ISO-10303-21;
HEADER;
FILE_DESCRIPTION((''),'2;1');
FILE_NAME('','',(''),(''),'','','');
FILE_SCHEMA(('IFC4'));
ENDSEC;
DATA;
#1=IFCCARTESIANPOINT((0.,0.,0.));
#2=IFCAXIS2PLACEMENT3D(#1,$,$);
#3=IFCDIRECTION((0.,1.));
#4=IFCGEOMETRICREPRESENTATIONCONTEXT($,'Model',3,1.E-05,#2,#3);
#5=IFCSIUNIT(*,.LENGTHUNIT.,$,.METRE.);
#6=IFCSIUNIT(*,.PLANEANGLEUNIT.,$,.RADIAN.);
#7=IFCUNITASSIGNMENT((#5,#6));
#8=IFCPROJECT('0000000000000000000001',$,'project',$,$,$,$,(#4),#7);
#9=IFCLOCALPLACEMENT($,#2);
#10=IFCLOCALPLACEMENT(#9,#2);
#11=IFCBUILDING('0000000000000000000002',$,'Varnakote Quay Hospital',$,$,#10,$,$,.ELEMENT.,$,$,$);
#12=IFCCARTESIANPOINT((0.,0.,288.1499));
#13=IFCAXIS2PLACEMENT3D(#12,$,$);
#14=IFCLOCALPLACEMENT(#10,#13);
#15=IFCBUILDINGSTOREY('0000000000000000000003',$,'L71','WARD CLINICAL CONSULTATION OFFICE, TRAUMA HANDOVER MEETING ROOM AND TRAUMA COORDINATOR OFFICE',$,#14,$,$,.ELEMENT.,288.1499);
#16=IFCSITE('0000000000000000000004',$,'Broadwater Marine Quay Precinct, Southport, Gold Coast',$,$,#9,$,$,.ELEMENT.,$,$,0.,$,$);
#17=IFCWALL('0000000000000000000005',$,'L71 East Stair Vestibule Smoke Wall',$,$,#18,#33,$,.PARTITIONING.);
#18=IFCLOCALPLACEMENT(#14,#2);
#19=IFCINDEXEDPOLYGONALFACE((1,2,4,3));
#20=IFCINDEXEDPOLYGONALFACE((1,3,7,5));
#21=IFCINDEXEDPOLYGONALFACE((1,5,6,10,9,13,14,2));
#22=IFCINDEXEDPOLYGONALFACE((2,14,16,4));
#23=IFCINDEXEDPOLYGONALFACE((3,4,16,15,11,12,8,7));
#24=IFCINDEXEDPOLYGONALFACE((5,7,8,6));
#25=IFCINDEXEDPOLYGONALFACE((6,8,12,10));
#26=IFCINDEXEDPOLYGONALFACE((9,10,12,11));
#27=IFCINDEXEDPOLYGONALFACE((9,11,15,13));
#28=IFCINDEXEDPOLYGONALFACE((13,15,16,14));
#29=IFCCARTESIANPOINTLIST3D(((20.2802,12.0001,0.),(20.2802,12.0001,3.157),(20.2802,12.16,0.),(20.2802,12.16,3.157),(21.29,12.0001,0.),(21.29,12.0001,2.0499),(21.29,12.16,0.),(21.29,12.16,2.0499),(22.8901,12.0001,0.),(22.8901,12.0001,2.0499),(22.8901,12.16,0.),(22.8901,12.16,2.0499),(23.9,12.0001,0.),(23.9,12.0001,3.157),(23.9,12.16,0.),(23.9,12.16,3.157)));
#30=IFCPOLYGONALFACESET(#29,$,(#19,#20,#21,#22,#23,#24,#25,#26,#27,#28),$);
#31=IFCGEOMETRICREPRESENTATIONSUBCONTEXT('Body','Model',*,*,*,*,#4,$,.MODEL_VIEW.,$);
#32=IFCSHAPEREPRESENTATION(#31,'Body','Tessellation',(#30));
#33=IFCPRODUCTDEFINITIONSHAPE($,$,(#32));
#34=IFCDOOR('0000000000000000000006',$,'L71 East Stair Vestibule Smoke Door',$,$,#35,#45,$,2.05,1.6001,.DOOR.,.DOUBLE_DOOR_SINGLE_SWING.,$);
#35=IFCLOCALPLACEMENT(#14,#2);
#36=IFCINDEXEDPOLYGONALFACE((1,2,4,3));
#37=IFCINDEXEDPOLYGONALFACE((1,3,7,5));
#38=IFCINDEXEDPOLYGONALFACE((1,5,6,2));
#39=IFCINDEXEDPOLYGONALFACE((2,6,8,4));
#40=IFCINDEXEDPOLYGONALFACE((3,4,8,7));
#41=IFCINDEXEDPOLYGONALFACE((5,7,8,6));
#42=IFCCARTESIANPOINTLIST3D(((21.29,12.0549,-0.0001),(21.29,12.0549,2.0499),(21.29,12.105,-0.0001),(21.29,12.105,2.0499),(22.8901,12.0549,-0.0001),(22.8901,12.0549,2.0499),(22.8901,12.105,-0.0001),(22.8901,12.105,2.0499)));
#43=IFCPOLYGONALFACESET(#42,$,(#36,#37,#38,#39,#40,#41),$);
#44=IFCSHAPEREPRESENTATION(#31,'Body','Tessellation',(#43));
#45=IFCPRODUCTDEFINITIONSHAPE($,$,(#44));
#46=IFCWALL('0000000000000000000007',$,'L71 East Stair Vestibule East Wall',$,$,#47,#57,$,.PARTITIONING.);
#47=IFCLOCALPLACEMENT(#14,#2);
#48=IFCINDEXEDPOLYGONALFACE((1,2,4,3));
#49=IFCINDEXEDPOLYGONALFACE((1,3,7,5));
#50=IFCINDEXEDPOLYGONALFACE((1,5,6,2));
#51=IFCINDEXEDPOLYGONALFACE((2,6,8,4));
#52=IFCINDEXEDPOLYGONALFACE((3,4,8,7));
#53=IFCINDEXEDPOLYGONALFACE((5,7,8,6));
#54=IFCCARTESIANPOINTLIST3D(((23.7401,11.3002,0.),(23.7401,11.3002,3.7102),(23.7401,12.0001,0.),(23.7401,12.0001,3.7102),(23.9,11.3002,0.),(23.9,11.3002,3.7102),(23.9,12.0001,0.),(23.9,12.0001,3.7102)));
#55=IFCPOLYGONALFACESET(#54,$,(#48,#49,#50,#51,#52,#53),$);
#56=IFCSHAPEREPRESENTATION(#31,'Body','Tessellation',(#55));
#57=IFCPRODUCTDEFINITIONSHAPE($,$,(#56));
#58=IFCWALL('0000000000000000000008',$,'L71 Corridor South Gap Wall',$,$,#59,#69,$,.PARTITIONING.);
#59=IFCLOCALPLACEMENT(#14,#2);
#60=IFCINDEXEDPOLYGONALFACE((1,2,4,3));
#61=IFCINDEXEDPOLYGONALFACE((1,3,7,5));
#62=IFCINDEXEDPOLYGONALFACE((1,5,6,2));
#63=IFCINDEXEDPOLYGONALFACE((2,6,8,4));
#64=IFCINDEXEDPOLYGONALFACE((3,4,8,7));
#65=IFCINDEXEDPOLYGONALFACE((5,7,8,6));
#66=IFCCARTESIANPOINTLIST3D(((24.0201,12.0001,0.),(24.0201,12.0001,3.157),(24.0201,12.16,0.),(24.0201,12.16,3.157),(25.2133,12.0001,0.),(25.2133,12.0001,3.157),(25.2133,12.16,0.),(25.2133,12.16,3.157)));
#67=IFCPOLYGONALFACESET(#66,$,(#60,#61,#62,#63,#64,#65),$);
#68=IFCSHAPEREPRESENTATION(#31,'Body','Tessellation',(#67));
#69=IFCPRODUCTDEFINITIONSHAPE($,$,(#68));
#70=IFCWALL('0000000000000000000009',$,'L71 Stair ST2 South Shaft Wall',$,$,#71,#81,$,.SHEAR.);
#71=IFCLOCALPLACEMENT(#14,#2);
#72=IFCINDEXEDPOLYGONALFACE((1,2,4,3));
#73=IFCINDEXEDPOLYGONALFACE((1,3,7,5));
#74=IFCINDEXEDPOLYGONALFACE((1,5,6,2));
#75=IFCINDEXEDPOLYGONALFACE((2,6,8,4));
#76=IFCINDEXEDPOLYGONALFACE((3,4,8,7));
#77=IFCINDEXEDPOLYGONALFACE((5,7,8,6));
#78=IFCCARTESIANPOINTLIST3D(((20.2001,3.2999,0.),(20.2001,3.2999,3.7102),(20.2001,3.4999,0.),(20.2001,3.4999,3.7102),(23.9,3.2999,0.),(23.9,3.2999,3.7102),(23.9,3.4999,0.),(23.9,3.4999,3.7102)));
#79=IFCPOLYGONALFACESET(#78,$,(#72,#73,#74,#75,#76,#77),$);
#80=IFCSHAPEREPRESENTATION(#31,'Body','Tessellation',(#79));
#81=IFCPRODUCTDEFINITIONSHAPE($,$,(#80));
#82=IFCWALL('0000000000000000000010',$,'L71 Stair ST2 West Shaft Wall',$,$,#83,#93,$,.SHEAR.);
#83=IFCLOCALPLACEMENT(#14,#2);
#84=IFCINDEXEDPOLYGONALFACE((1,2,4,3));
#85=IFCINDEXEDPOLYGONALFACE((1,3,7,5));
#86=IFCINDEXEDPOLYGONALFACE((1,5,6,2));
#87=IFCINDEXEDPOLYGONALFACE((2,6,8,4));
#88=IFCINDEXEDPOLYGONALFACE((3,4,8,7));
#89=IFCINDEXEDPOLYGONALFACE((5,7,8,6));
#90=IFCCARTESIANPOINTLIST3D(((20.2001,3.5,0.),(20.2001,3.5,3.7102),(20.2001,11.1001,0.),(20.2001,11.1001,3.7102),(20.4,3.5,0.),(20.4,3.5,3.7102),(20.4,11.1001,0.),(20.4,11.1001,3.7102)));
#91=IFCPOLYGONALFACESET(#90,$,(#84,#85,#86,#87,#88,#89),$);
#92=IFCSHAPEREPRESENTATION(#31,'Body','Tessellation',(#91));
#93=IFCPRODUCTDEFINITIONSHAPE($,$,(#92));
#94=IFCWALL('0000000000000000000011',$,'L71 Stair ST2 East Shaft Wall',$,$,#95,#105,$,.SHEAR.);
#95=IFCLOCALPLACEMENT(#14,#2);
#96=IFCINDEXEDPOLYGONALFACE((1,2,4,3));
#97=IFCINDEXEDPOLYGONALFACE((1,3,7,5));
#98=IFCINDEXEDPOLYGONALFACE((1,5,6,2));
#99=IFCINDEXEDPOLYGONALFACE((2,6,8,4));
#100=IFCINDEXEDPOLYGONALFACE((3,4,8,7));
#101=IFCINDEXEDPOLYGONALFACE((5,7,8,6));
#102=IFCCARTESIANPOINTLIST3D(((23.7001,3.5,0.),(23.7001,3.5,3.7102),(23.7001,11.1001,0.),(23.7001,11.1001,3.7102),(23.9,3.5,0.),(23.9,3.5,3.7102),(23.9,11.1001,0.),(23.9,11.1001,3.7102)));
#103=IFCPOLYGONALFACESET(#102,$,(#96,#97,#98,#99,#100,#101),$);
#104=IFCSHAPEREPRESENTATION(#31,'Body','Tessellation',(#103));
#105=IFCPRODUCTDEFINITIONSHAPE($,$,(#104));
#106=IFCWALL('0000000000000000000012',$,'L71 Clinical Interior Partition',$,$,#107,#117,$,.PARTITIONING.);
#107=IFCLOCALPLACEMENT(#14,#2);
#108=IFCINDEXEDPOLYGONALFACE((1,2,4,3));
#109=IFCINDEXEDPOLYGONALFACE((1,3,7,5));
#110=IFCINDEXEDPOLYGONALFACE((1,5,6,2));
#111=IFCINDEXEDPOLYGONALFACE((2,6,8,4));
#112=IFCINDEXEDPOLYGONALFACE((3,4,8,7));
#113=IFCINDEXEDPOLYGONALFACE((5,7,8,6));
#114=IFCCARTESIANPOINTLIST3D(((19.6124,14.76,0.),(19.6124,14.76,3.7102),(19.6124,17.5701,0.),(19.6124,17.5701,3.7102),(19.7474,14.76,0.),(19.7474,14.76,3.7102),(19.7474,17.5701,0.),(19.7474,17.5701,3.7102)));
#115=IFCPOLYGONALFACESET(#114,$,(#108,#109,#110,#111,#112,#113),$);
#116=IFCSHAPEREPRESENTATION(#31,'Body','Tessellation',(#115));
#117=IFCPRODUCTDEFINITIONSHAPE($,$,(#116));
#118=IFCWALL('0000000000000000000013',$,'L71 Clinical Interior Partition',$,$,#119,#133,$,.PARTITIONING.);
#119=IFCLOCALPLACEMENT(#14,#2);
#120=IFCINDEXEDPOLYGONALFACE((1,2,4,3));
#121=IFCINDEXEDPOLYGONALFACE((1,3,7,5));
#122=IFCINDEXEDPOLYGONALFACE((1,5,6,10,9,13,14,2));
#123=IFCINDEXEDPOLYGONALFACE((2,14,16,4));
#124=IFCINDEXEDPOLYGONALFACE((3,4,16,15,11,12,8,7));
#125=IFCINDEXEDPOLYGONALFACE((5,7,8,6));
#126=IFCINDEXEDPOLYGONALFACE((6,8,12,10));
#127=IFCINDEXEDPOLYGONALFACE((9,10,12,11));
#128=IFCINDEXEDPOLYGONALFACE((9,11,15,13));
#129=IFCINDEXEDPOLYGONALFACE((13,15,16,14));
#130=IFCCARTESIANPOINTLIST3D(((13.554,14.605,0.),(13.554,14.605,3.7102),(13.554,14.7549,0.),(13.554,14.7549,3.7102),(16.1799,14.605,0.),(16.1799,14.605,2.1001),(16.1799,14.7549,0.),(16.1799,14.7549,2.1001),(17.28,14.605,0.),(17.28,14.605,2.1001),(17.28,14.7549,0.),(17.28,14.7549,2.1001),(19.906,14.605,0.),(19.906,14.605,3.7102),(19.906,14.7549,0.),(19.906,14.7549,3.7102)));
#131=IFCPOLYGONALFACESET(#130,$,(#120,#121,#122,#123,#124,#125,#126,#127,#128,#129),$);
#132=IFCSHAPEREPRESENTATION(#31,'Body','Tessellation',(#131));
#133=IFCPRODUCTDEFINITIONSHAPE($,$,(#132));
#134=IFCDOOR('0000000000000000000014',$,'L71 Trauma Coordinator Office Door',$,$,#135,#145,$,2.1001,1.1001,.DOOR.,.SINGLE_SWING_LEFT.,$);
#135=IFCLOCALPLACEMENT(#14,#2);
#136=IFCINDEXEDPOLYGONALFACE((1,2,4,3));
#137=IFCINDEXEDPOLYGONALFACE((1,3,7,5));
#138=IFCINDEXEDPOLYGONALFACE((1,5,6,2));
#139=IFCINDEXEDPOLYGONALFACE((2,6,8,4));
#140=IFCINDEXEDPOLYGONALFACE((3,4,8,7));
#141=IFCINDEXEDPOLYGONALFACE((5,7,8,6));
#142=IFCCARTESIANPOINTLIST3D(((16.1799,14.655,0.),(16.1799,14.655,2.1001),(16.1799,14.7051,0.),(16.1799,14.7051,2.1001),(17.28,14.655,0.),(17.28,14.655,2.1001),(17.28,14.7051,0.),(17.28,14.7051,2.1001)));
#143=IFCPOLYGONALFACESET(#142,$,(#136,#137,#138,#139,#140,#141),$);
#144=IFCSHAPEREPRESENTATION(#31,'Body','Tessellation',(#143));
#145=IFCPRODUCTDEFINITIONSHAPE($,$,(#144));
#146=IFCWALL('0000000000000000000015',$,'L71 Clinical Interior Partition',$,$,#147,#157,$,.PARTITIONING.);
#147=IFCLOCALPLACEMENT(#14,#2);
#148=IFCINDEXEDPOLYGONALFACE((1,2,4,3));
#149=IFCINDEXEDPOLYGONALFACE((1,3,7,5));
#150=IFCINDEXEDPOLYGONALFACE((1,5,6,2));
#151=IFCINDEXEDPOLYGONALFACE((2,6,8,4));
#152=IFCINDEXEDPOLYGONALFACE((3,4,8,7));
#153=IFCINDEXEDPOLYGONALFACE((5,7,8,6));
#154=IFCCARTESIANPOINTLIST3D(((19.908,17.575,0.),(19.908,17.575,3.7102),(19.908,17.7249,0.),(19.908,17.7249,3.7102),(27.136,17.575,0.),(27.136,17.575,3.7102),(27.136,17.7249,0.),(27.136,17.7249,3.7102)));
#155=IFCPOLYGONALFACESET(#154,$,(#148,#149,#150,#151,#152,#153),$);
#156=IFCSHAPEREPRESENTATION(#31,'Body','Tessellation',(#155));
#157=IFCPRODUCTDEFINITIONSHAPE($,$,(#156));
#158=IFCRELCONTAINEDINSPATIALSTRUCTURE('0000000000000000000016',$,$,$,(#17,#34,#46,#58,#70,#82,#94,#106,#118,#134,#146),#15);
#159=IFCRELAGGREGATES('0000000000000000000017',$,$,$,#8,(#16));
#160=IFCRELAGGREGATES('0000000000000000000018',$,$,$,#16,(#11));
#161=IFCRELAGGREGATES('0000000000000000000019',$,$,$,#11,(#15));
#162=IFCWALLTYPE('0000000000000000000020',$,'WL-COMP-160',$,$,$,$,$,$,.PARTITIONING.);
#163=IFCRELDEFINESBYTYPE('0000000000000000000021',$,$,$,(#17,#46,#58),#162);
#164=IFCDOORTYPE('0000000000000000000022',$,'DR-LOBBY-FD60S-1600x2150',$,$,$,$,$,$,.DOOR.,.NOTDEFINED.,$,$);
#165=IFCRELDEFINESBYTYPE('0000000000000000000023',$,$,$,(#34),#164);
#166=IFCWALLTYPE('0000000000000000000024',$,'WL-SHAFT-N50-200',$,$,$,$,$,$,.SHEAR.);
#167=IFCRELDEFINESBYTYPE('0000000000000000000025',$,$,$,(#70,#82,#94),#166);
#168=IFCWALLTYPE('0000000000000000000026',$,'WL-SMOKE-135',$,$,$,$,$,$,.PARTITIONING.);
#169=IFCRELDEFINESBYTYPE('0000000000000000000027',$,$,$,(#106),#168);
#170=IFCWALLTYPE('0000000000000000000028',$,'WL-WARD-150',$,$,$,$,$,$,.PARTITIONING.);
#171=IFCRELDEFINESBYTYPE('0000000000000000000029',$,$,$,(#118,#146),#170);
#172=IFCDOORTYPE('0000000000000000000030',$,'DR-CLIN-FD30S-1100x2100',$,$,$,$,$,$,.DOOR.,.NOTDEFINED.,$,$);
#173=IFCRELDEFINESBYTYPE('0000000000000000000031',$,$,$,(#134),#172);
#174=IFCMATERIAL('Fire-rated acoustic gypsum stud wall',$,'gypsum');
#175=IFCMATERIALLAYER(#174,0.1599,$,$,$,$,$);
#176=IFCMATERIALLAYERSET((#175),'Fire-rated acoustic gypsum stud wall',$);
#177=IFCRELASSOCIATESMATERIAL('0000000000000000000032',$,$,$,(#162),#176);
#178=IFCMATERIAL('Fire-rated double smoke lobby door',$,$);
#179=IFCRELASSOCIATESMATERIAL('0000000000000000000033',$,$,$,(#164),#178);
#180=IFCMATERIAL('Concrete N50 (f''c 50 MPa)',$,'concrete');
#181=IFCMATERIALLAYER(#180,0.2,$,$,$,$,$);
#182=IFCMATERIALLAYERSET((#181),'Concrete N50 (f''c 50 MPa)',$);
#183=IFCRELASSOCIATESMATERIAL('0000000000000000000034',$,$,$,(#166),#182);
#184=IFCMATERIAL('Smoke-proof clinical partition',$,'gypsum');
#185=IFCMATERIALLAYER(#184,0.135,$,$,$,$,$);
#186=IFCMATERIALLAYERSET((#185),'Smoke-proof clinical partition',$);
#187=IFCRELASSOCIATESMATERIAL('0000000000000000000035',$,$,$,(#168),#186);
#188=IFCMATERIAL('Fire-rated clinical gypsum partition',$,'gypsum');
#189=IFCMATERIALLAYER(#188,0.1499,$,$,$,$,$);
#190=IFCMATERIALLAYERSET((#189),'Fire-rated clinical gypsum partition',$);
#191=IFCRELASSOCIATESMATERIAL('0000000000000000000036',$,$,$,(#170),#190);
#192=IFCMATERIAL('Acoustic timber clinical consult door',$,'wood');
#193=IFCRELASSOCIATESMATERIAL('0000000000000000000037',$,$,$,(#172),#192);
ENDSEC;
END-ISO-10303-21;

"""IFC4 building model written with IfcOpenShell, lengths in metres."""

from ifc_helpers import new_model, si_unit, direction, frame, frame_2d, origin, place, context, subcontext, project, spatial, rectangle, extrude, material, layer, layer_set, type_object, element, fill, save


model = new_model("IFC4")

# Units and contexts
model_context = context("Model", 3, precision=1e-05, world=origin(), true_north=direction((0.0, 1.0)))
body_context = subcontext(model_context, "Body", "Model", "MODEL_VIEW")
ifc_project = project(units=[si_unit("LENGTHUNIT", "METRE"), si_unit("PLANEANGLEUNIT", "RADIAN")], contexts=[model_context])

# Site, building, storey
site_placement = place(None, origin())
site = spatial("IfcSite", under=ifc_project, at=site_placement, Name="Broadwater Marine Quay Precinct, Southport, Gold Coast", CompositionType="ELEMENT", RefElevation=0.0)
building_placement = place(site_placement, origin())
building = spatial("IfcBuilding", under=site, at=building_placement, Name="Varnakote Quay Hospital", CompositionType="ELEMENT")
storey_placement = place(building_placement, frame((0.0, 0.0, 288.1499)))
storey = spatial("IfcBuildingStorey", under=building, at=storey_placement, Name="L71", Description="WARD CLINICAL CONSULTATION OFFICE, TRAUMA HANDOVER MEETING ROOM AND TRAUMA COORDINATOR OFFICE", CompositionType="ELEMENT", Elevation=288.1499)

# Shared definitions
ifc_material_1 = material(Name="Fire-rated acoustic gypsum stud wall", Category="gypsum")
ifc_layer_1 = layer(ifc_material_1, 0.1599)
ifc_layer_set_1 = layer_set([ifc_layer_1], Name="Fire-rated acoustic gypsum stud wall")
wall_type_1 = type_object("IfcWallType", Name="WL-COMP-160", PredefinedType="PARTITIONING", material=ifc_layer_set_1)

# Wall, opening, door
wall_1_placement = place(storey_placement, frame((20.28, 12.0801, 0.0), z_axis=(0.0, 0.0, 1.0), x_axis=(1.0, 0.0, 0.0)))
wall_1 = element("IfcWall", 1, at=wall_1_placement, inside=storey, type_object=wall_type_1, Name="L71 East Stair Vestibule Smoke Wall", PredefinedType="PARTITIONING", context=body_context, shape_type="SweptSolid", body=[
    extrude(rectangle(XDim=3.6199, YDim=0.1599, at=frame_2d((1.8101, 0.0))), origin(), (0.0, 0.0, 1.0), 3.157),
])
opening_1_placement = place(wall_1_placement, frame((1.01, 0.0, 0.0)))
opening_1 = element("IfcOpeningElement", 2, at=opening_1_placement, cuts=wall_1, PredefinedType="OPENING", context=body_context, shape_type="SweptSolid", body=[
    extrude(rectangle(XDim=1.6001, YDim=2.05, at=frame_2d((0.8, 1.0249))), frame((0.0, 0.0898, 0.0), z_axis=(0.0, -1.0, 0.0), x_axis=(1.0, 0.0, 0.0)), (0.0, 0.0, 1.0), 0.1799),
])
ifc_material_2 = material(Name="Fire-rated double smoke lobby door")
door_type_1 = type_object("IfcDoorType", Name="DR-LOBBY-FD60S-1600x2150", OperationType="NOTDEFINED", PredefinedType="DOOR", material=ifc_material_2)
door_1_placement = place(opening_1_placement, origin())
door_1 = element("IfcDoor", 3, at=door_1_placement, inside=storey, type_object=door_type_1, Name="L71 East Stair Vestibule Smoke Door", OperationType="DOUBLE_DOOR_SINGLE_SWING", OverallHeight=2.05, OverallWidth=1.6001, PredefinedType="DOOR", context=body_context, shape_type="SweptSolid", body=[
    extrude(rectangle(XDim=1.6001, YDim=2.05, at=frame_2d((0.8, 1.0249))), frame((0.0, 0.0249, 0.0), z_axis=(0.0, -1.0, 0.0), x_axis=(1.0, 0.0, 0.0)), (0.0, 0.0, 1.0), 0.05),
])
fill(opening_1, door_1)

# Walls
wall_2_placement = place(storey_placement, frame((23.8201, 11.3, 0.0), z_axis=(0.0, 0.0, 1.0), x_axis=(0.0, 1.0, 0.0)))
element("IfcWall", 4, at=wall_2_placement, inside=storey, type_object=wall_type_1, Name="L71 East Stair Vestibule East Wall", PredefinedType="PARTITIONING", context=body_context, shape_type="SweptSolid", body=[
    extrude(rectangle(XDim=0.7, YDim=0.1599, at=frame_2d((0.3501, 0.0))), origin(), (0.0, 0.0, 1.0), 3.7102),
])
wall_3_placement = place(storey_placement, frame((24.02, 12.0801, 0.0), z_axis=(0.0, 0.0, 1.0), x_axis=(1.0, 0.0, 0.0)))
element("IfcWall", 5, at=wall_3_placement, inside=storey, type_object=wall_type_1, Name="L71 Corridor South Gap Wall", PredefinedType="PARTITIONING", context=body_context, shape_type="SweptSolid", body=[
    extrude(rectangle(XDim=1.1931, YDim=0.1599, at=frame_2d((0.5967, 0.0))), origin(), (0.0, 0.0, 1.0), 3.157),
])
ifc_material_3 = material(Name="Concrete N50 (f'c 50 MPa)", Category="concrete")
ifc_layer_2 = layer(ifc_material_3, 0.2)
ifc_layer_set_2 = layer_set([ifc_layer_2], Name="Concrete N50 (f'c 50 MPa)")
wall_type_2 = type_object("IfcWallType", Name="WL-SHAFT-N50-200", PredefinedType="SHEAR", material=ifc_layer_set_2)
wall_4_placement = place(storey_placement, frame((20.2, 3.3999, 0.0), z_axis=(0.0, 0.0, 1.0), x_axis=(1.0, 0.0, 0.0)))
element("IfcWall", 6, at=wall_4_placement, inside=storey, type_object=wall_type_2, Name="L71 Stair ST2 South Shaft Wall", PredefinedType="SHEAR", context=body_context, shape_type="SweptSolid", body=[
    extrude(rectangle(XDim=3.7, YDim=0.2, at=frame_2d((1.8501, 0.0))), origin(), (0.0, 0.0, 1.0), 3.7102),
])
for number, where, z_axis, x_axis, name in (
    (7, (20.3, 3.5, 0.0), (0.0, 0.0, 1.0), (0.0, 1.0, 0.0), "L71 Stair ST2 West Shaft Wall"),
    (8, (23.8, 3.5, 0.0), (0.0, 0.0, 1.0), (0.0, 1.0, 0.0), "L71 Stair ST2 East Shaft Wall"),
):
    element("IfcWall", number, at=place(storey_placement, frame(where, z_axis=z_axis, x_axis=x_axis)), inside=storey, type_object=wall_type_2, Name=name, PredefinedType="SHEAR", context=body_context, shape_type="SweptSolid", body=[
        extrude(rectangle(XDim=7.6001, YDim=0.2, at=frame_2d((3.8, 0.0))), origin(), (0.0, 0.0, 1.0), 3.7102),
    ])

# Wall
ifc_material_4 = material(Name="Smoke-proof clinical partition", Category="gypsum")
ifc_layer_3 = layer(ifc_material_4, 0.135)
ifc_layer_set_3 = layer_set([ifc_layer_3], Name="Smoke-proof clinical partition")
wall_type_3 = type_object("IfcWallType", Name="WL-SMOKE-135", PredefinedType="PARTITIONING", material=ifc_layer_set_3)
wall_5_placement = place(storey_placement, frame((19.6799, 14.76, 0.0), z_axis=(0.0, 0.0, 1.0), x_axis=(0.0, 1.0, 0.0)))
element("IfcWall", 9, at=wall_5_placement, inside=storey, type_object=wall_type_3, Name="L71 Clinical Interior Partition", PredefinedType="PARTITIONING", context=body_context, shape_type="SweptSolid", body=[
    extrude(rectangle(XDim=2.8101, YDim=0.135, at=frame_2d((1.405, 0.0))), origin(), (0.0, 0.0, 1.0), 3.7102),
])

# Wall, opening, door
ifc_material_5 = material(Name="Fire-rated clinical gypsum partition", Category="gypsum")
ifc_layer_4 = layer(ifc_material_5, 0.1499)
ifc_layer_set_4 = layer_set([ifc_layer_4], Name="Fire-rated clinical gypsum partition")
wall_type_4 = type_object("IfcWallType", Name="WL-WARD-150", PredefinedType="PARTITIONING", material=ifc_layer_set_4)
wall_6_placement = place(storey_placement, frame((19.906, 14.6799, 0.0), z_axis=(0.0, 0.0, 1.0), x_axis=(-1.0, 0.0, 0.0)))
wall_6 = element("IfcWall", 10, at=wall_6_placement, inside=storey, type_object=wall_type_4, Name="L71 Clinical Interior Partition", PredefinedType="PARTITIONING", context=body_context, shape_type="SweptSolid", body=[
    extrude(rectangle(XDim=6.3521, YDim=0.1499, at=frame_2d((3.176, 0.0))), origin(), (0.0, 0.0, 1.0), 3.7102),
])
opening_2_placement = place(wall_6_placement, frame((2.626, 0.0, 0.0)))
opening_2 = element("IfcOpeningElement", 11, at=opening_2_placement, cuts=wall_6, PredefinedType="OPENING", context=body_context, shape_type="SweptSolid", body=[
    extrude(rectangle(XDim=1.1001, YDim=2.1001, at=frame_2d((0.55, 1.05))), frame((0.0, 0.085, 0.0), z_axis=(0.0, -1.0, 0.0), x_axis=(1.0, 0.0, 0.0)), (0.0, 0.0, 1.0), 0.1699),
])
ifc_material_6 = material(Name="Acoustic timber clinical consult door", Category="wood")
door_type_2 = type_object("IfcDoorType", Name="DR-CLIN-FD30S-1100x2100", OperationType="NOTDEFINED", PredefinedType="DOOR", material=ifc_material_6)
door_2_placement = place(opening_2_placement, origin())
door_2 = element("IfcDoor", 12, at=door_2_placement, inside=storey, type_object=door_type_2, Name="L71 Trauma Coordinator Office Door", OperationType="SINGLE_SWING_LEFT", OverallHeight=2.1001, OverallWidth=1.1001, PredefinedType="DOOR", context=body_context, shape_type="SweptSolid", body=[
    extrude(rectangle(XDim=1.1001, YDim=2.1001, at=frame_2d((0.55, 1.05))), frame((0.0, 0.0249, 0.0), z_axis=(0.0, -1.0, 0.0), x_axis=(1.0, 0.0, 0.0)), (0.0, 0.0, 1.0), 0.05),
])
fill(opening_2, door_2)

# Wall
wall_7_placement = place(storey_placement, frame((19.908, 17.6499, 0.0), z_axis=(0.0, 0.0, 1.0), x_axis=(1.0, 0.0, 0.0)))
element("IfcWall", 13, at=wall_7_placement, inside=storey, type_object=wall_type_4, Name="L71 Clinical Interior Partition", PredefinedType="PARTITIONING", context=body_context, shape_type="SweptSolid", body=[
    extrude(rectangle(XDim=7.228, YDim=0.1499, at=frame_2d((3.614, 0.0))), origin(), (0.0, 0.0, 1.0), 3.7102),
])

save(model, "model.ifc")
